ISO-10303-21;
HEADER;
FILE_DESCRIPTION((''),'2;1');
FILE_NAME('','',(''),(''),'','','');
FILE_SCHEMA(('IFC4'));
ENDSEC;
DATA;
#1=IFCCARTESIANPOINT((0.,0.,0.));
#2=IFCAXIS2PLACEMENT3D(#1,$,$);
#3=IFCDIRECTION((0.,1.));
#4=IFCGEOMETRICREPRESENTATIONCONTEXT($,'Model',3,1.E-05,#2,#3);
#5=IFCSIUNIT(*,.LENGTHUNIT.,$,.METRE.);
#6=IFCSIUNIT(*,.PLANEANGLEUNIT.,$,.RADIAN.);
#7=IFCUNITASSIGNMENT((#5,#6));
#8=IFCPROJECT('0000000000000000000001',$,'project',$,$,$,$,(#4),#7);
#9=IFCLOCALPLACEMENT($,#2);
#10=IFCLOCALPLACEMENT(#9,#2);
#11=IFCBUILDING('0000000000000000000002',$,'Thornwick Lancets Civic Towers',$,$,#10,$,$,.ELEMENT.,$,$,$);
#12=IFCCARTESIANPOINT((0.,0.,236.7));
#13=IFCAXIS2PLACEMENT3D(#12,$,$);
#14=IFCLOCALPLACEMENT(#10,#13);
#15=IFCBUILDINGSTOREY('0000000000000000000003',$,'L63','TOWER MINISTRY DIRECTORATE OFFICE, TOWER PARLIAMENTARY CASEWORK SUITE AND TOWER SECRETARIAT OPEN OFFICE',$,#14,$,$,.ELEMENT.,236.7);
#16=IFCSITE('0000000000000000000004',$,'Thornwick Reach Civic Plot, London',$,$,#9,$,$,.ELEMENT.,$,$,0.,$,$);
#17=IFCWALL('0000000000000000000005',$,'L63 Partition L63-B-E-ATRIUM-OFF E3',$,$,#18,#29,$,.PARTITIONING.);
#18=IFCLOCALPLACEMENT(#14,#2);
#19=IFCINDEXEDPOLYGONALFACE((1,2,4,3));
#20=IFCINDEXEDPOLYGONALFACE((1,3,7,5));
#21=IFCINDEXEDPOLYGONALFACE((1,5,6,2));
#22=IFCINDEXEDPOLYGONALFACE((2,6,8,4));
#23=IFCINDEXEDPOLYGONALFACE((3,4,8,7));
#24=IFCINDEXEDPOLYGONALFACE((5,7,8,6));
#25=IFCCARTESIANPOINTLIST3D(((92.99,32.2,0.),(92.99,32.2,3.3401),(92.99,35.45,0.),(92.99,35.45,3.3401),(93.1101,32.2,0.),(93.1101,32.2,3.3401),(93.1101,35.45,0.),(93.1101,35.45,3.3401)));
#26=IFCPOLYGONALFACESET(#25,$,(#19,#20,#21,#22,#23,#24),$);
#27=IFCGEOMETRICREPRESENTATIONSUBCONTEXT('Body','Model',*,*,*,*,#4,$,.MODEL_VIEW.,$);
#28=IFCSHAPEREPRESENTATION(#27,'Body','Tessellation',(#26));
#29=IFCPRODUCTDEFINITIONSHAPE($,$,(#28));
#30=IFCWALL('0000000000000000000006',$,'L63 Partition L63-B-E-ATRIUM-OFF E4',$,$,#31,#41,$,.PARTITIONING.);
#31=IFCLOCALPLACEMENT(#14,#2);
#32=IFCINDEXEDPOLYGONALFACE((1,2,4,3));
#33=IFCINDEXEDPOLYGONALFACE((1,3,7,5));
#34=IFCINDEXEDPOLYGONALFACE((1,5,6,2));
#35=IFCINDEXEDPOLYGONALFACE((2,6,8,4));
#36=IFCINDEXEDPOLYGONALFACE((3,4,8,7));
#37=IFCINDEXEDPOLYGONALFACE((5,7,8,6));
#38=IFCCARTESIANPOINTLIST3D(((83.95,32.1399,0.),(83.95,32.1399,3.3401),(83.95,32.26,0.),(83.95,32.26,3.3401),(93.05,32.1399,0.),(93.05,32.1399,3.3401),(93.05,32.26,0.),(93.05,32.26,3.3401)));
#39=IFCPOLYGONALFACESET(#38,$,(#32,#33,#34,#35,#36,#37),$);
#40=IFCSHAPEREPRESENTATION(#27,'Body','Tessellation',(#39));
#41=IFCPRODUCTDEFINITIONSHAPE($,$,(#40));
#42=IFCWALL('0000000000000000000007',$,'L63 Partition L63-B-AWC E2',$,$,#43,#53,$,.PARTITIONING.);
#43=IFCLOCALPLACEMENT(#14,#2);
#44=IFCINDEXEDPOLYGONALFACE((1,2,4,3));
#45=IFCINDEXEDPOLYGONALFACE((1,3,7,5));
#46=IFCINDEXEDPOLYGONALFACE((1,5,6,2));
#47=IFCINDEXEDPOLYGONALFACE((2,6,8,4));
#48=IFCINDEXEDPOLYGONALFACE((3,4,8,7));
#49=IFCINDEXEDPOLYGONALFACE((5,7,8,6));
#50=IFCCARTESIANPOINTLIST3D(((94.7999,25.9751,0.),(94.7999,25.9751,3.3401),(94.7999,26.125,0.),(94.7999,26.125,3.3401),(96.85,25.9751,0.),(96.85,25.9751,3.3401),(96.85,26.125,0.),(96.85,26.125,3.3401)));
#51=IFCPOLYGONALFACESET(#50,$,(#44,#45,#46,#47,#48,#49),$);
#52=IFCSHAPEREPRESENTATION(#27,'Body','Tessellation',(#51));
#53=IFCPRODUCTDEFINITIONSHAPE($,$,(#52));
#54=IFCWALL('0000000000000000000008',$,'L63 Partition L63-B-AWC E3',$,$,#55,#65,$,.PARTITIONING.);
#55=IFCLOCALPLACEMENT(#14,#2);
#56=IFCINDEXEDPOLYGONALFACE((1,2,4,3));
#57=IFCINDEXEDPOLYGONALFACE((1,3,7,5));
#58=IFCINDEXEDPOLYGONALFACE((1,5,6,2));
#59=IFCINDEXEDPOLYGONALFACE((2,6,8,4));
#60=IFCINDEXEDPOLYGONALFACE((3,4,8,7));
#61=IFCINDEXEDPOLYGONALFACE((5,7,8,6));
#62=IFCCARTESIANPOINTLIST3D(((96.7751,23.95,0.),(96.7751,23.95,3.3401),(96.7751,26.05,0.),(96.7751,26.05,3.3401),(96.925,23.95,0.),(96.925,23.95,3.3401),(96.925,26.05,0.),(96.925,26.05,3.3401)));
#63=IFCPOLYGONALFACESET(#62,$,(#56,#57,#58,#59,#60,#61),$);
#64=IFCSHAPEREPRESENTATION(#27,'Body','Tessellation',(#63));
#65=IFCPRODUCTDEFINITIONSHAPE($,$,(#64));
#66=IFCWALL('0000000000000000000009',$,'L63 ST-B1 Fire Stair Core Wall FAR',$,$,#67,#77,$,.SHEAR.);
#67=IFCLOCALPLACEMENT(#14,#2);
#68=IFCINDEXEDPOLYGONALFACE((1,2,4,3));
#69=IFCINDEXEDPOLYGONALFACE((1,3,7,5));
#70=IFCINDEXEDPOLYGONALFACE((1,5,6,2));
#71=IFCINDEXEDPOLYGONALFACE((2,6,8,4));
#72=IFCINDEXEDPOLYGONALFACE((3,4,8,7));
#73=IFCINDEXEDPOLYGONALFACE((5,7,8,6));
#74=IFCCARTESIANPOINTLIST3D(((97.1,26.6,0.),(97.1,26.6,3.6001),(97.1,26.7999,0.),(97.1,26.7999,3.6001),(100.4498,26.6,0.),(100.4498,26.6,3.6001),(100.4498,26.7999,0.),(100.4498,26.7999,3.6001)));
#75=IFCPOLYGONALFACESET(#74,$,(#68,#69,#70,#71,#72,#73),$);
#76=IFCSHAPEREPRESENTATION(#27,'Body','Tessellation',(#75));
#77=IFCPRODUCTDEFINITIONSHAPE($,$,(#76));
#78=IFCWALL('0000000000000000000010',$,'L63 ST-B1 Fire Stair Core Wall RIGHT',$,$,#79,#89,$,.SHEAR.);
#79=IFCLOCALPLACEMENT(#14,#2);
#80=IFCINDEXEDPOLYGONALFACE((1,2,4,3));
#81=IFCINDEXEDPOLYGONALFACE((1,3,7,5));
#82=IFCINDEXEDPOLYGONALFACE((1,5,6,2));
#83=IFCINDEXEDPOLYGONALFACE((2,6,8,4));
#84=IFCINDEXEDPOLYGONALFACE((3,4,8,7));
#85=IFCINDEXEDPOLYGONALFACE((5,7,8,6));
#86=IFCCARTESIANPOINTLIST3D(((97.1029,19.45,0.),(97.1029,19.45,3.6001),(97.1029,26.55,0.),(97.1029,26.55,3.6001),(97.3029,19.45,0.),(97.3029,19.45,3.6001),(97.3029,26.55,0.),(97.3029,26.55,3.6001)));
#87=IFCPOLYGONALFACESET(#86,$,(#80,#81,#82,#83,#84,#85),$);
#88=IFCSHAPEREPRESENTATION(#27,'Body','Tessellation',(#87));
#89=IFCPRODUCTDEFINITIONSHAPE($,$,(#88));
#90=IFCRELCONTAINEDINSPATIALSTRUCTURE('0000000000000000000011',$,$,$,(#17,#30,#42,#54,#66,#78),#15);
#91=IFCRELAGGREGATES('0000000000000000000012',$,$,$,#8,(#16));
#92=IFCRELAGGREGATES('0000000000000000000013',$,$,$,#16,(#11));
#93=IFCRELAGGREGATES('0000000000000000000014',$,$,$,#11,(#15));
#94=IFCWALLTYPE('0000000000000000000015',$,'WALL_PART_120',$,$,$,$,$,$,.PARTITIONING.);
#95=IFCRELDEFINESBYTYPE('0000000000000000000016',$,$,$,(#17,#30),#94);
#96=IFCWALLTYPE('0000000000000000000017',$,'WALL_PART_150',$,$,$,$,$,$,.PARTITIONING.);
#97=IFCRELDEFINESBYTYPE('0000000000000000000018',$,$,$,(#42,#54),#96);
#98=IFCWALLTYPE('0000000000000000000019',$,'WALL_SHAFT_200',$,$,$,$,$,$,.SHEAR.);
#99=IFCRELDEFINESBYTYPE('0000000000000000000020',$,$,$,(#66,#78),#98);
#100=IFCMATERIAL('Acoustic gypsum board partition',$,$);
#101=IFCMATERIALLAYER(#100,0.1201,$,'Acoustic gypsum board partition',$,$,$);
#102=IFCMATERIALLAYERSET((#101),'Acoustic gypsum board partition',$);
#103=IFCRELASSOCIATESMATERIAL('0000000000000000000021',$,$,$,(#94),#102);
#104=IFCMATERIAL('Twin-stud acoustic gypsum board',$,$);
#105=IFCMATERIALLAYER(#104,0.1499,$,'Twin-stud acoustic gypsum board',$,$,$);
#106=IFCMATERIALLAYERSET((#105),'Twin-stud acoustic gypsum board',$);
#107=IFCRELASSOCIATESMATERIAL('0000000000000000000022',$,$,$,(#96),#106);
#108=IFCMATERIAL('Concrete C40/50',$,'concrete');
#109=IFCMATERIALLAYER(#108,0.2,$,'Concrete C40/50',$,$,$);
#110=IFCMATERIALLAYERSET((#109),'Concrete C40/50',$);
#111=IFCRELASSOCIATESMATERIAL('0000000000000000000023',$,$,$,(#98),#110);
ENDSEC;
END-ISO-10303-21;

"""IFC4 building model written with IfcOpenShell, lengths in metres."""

from ifc_helpers import new_model, si_unit, direction, frame, frame_2d, origin, place, context, subcontext, project, spatial, rectangle, extrude, material, layer, layer_set, type_object, element, save


model = new_model("IFC4")

# Units and contexts
model_context = context("Model", 3, precision=1e-05, world=origin(), true_north=direction((0.0, 1.0)))
body_context = subcontext(model_context, "Body", "Model", "MODEL_VIEW")
ifc_project = project(units=[si_unit("LENGTHUNIT", "METRE"), si_unit("PLANEANGLEUNIT", "RADIAN")], contexts=[model_context])

# Site, building, storey
site_placement = place(None, origin())
site = spatial("IfcSite", under=ifc_project, at=site_placement, Name="Thornwick Reach Civic Plot, London", CompositionType="ELEMENT", RefElevation=0.0)
building_placement = place(site_placement, origin())
building = spatial("IfcBuilding", under=site, at=building_placement, Name="Thornwick Lancets Civic Towers", CompositionType="ELEMENT")
storey_placement = place(building_placement, frame((0.0, 0.0, 236.7)))
storey = spatial("IfcBuildingStorey", under=building, at=storey_placement, Name="L63", Description="TOWER MINISTRY DIRECTORATE OFFICE, TOWER PARLIAMENTARY CASEWORK SUITE AND TOWER SECRETARIAT OPEN OFFICE", CompositionType="ELEMENT", Elevation=236.7)

# Shared definitions
ifc_material_1 = material(Name="Acoustic gypsum board partition")
ifc_layer_1 = layer(ifc_material_1, 0.1201, Name="Acoustic gypsum board partition")
ifc_layer_set_1 = layer_set([ifc_layer_1], Name="Acoustic gypsum board partition")
wall_type_1 = type_object("IfcWallType", Name="WALL_PART_120", PredefinedType="PARTITIONING", material=ifc_layer_set_1)

# Walls
wall_1_placement = place(storey_placement, frame((93.05, 35.45, 0.0), z_axis=(0.0, 0.0, 1.0), x_axis=(0.0, -1.0, 0.0)))
element("IfcWall", 1, at=wall_1_placement, inside=storey, type_object=wall_type_1, Name="L63 Partition L63-B-E-ATRIUM-OFF E3", PredefinedType="PARTITIONING", context=body_context, shape_type="SweptSolid", body=[
    extrude(rectangle(XDim=3.25, YDim=0.1201, at=frame_2d((1.625, 0.0))), origin(), (0.0, 0.0, 1.0), 3.3401),
])
wall_2_placement = place(storey_placement, frame((93.05, 32.2, 0.0), z_axis=(0.0, 0.0, 1.0), x_axis=(-1.0, 0.0, 0.0)))
element("IfcWall", 2, at=wall_2_placement, inside=storey, type_object=wall_type_1, Name="L63 Partition L63-B-E-ATRIUM-OFF E4", PredefinedType="PARTITIONING", context=body_context, shape_type="SweptSolid", body=[
    extrude(rectangle(XDim=9.1001, YDim=0.1201, at=frame_2d((4.55, 0.0))), origin(), (0.0, 0.0, 1.0), 3.3401),
])
ifc_material_2 = material(Name="Twin-stud acoustic gypsum board")
ifc_layer_2 = layer(ifc_material_2, 0.1499, Name="Twin-stud acoustic gypsum board")
ifc_layer_set_2 = layer_set([ifc_layer_2], Name="Twin-stud acoustic gypsum board")
wall_type_2 = type_object("IfcWallType", Name="WALL_PART_150", PredefinedType="PARTITIONING", material=ifc_layer_set_2)
wall_3_placement = place(storey_placement, frame((94.8, 26.05, 0.0), z_axis=(0.0, 0.0, 1.0), x_axis=(1.0, 0.0, 0.0)))
element("IfcWall", 3, at=wall_3_placement, inside=storey, type_object=wall_type_2, Name="L63 Partition L63-B-AWC E2", PredefinedType="PARTITIONING", context=body_context, shape_type="SweptSolid", body=[
    extrude(rectangle(XDim=2.05, YDim=0.1499, at=frame_2d((1.0249, 0.0))), origin(), (0.0, 0.0, 1.0), 3.3401),
])
wall_4_placement = place(storey_placement, frame((96.8501, 26.05, 0.0), z_axis=(0.0, 0.0, 1.0), x_axis=(0.0, -1.0, 0.0)))
element("IfcWall", 4, at=wall_4_placement, inside=storey, type_object=wall_type_2, Name="L63 Partition L63-B-AWC E3", PredefinedType="PARTITIONING", context=body_context, shape_type="SweptSolid", body=[
    extrude(rectangle(XDim=2.1001, YDim=0.1499, at=frame_2d((1.05, 0.0))), origin(), (0.0, 0.0, 1.0), 3.3401),
])
ifc_material_3 = material(Name="Concrete C40/50", Category="concrete")
ifc_layer_3 = layer(ifc_material_3, 0.2, Name="Concrete C40/50")
ifc_layer_set_3 = layer_set([ifc_layer_3], Name="Concrete C40/50")
wall_type_3 = type_object("IfcWallType", Name="WALL_SHAFT_200", PredefinedType="SHEAR", material=ifc_layer_set_3)
wall_5_placement = place(storey_placement, frame((97.1001, 26.7, 0.0), z_axis=(0.0, 0.0, 1.0), x_axis=(1.0, 0.0, 0.0)))
element("IfcWall", 5, at=wall_5_placement, inside=storey, type_object=wall_type_3, Name="L63 ST-B1 Fire Stair Core Wall FAR", PredefinedType="SHEAR", context=body_context, shape_type="SweptSolid", body=[
    extrude(rectangle(XDim=3.3499, YDim=0.2, at=frame_2d((1.6748, 0.0))), origin(), (0.0, 0.0, 1.0), 3.6001),
])
wall_6_placement = place(storey_placement, frame((97.2029, 26.55, 0.0), z_axis=(0.0, 0.0, 1.0), x_axis=(0.0, -1.0, 0.0)))
element("IfcWall", 6, at=wall_6_placement, inside=storey, type_object=wall_type_3, Name="L63 ST-B1 Fire Stair Core Wall RIGHT", PredefinedType="SHEAR", context=body_context, shape_type="SweptSolid", body=[
    extrude(rectangle(XDim=7.1001, YDim=0.2, at=frame_2d((3.55, 0.0))), origin(), (0.0, 0.0, 1.0), 3.6001),
])

save(model, "model.ifc")
